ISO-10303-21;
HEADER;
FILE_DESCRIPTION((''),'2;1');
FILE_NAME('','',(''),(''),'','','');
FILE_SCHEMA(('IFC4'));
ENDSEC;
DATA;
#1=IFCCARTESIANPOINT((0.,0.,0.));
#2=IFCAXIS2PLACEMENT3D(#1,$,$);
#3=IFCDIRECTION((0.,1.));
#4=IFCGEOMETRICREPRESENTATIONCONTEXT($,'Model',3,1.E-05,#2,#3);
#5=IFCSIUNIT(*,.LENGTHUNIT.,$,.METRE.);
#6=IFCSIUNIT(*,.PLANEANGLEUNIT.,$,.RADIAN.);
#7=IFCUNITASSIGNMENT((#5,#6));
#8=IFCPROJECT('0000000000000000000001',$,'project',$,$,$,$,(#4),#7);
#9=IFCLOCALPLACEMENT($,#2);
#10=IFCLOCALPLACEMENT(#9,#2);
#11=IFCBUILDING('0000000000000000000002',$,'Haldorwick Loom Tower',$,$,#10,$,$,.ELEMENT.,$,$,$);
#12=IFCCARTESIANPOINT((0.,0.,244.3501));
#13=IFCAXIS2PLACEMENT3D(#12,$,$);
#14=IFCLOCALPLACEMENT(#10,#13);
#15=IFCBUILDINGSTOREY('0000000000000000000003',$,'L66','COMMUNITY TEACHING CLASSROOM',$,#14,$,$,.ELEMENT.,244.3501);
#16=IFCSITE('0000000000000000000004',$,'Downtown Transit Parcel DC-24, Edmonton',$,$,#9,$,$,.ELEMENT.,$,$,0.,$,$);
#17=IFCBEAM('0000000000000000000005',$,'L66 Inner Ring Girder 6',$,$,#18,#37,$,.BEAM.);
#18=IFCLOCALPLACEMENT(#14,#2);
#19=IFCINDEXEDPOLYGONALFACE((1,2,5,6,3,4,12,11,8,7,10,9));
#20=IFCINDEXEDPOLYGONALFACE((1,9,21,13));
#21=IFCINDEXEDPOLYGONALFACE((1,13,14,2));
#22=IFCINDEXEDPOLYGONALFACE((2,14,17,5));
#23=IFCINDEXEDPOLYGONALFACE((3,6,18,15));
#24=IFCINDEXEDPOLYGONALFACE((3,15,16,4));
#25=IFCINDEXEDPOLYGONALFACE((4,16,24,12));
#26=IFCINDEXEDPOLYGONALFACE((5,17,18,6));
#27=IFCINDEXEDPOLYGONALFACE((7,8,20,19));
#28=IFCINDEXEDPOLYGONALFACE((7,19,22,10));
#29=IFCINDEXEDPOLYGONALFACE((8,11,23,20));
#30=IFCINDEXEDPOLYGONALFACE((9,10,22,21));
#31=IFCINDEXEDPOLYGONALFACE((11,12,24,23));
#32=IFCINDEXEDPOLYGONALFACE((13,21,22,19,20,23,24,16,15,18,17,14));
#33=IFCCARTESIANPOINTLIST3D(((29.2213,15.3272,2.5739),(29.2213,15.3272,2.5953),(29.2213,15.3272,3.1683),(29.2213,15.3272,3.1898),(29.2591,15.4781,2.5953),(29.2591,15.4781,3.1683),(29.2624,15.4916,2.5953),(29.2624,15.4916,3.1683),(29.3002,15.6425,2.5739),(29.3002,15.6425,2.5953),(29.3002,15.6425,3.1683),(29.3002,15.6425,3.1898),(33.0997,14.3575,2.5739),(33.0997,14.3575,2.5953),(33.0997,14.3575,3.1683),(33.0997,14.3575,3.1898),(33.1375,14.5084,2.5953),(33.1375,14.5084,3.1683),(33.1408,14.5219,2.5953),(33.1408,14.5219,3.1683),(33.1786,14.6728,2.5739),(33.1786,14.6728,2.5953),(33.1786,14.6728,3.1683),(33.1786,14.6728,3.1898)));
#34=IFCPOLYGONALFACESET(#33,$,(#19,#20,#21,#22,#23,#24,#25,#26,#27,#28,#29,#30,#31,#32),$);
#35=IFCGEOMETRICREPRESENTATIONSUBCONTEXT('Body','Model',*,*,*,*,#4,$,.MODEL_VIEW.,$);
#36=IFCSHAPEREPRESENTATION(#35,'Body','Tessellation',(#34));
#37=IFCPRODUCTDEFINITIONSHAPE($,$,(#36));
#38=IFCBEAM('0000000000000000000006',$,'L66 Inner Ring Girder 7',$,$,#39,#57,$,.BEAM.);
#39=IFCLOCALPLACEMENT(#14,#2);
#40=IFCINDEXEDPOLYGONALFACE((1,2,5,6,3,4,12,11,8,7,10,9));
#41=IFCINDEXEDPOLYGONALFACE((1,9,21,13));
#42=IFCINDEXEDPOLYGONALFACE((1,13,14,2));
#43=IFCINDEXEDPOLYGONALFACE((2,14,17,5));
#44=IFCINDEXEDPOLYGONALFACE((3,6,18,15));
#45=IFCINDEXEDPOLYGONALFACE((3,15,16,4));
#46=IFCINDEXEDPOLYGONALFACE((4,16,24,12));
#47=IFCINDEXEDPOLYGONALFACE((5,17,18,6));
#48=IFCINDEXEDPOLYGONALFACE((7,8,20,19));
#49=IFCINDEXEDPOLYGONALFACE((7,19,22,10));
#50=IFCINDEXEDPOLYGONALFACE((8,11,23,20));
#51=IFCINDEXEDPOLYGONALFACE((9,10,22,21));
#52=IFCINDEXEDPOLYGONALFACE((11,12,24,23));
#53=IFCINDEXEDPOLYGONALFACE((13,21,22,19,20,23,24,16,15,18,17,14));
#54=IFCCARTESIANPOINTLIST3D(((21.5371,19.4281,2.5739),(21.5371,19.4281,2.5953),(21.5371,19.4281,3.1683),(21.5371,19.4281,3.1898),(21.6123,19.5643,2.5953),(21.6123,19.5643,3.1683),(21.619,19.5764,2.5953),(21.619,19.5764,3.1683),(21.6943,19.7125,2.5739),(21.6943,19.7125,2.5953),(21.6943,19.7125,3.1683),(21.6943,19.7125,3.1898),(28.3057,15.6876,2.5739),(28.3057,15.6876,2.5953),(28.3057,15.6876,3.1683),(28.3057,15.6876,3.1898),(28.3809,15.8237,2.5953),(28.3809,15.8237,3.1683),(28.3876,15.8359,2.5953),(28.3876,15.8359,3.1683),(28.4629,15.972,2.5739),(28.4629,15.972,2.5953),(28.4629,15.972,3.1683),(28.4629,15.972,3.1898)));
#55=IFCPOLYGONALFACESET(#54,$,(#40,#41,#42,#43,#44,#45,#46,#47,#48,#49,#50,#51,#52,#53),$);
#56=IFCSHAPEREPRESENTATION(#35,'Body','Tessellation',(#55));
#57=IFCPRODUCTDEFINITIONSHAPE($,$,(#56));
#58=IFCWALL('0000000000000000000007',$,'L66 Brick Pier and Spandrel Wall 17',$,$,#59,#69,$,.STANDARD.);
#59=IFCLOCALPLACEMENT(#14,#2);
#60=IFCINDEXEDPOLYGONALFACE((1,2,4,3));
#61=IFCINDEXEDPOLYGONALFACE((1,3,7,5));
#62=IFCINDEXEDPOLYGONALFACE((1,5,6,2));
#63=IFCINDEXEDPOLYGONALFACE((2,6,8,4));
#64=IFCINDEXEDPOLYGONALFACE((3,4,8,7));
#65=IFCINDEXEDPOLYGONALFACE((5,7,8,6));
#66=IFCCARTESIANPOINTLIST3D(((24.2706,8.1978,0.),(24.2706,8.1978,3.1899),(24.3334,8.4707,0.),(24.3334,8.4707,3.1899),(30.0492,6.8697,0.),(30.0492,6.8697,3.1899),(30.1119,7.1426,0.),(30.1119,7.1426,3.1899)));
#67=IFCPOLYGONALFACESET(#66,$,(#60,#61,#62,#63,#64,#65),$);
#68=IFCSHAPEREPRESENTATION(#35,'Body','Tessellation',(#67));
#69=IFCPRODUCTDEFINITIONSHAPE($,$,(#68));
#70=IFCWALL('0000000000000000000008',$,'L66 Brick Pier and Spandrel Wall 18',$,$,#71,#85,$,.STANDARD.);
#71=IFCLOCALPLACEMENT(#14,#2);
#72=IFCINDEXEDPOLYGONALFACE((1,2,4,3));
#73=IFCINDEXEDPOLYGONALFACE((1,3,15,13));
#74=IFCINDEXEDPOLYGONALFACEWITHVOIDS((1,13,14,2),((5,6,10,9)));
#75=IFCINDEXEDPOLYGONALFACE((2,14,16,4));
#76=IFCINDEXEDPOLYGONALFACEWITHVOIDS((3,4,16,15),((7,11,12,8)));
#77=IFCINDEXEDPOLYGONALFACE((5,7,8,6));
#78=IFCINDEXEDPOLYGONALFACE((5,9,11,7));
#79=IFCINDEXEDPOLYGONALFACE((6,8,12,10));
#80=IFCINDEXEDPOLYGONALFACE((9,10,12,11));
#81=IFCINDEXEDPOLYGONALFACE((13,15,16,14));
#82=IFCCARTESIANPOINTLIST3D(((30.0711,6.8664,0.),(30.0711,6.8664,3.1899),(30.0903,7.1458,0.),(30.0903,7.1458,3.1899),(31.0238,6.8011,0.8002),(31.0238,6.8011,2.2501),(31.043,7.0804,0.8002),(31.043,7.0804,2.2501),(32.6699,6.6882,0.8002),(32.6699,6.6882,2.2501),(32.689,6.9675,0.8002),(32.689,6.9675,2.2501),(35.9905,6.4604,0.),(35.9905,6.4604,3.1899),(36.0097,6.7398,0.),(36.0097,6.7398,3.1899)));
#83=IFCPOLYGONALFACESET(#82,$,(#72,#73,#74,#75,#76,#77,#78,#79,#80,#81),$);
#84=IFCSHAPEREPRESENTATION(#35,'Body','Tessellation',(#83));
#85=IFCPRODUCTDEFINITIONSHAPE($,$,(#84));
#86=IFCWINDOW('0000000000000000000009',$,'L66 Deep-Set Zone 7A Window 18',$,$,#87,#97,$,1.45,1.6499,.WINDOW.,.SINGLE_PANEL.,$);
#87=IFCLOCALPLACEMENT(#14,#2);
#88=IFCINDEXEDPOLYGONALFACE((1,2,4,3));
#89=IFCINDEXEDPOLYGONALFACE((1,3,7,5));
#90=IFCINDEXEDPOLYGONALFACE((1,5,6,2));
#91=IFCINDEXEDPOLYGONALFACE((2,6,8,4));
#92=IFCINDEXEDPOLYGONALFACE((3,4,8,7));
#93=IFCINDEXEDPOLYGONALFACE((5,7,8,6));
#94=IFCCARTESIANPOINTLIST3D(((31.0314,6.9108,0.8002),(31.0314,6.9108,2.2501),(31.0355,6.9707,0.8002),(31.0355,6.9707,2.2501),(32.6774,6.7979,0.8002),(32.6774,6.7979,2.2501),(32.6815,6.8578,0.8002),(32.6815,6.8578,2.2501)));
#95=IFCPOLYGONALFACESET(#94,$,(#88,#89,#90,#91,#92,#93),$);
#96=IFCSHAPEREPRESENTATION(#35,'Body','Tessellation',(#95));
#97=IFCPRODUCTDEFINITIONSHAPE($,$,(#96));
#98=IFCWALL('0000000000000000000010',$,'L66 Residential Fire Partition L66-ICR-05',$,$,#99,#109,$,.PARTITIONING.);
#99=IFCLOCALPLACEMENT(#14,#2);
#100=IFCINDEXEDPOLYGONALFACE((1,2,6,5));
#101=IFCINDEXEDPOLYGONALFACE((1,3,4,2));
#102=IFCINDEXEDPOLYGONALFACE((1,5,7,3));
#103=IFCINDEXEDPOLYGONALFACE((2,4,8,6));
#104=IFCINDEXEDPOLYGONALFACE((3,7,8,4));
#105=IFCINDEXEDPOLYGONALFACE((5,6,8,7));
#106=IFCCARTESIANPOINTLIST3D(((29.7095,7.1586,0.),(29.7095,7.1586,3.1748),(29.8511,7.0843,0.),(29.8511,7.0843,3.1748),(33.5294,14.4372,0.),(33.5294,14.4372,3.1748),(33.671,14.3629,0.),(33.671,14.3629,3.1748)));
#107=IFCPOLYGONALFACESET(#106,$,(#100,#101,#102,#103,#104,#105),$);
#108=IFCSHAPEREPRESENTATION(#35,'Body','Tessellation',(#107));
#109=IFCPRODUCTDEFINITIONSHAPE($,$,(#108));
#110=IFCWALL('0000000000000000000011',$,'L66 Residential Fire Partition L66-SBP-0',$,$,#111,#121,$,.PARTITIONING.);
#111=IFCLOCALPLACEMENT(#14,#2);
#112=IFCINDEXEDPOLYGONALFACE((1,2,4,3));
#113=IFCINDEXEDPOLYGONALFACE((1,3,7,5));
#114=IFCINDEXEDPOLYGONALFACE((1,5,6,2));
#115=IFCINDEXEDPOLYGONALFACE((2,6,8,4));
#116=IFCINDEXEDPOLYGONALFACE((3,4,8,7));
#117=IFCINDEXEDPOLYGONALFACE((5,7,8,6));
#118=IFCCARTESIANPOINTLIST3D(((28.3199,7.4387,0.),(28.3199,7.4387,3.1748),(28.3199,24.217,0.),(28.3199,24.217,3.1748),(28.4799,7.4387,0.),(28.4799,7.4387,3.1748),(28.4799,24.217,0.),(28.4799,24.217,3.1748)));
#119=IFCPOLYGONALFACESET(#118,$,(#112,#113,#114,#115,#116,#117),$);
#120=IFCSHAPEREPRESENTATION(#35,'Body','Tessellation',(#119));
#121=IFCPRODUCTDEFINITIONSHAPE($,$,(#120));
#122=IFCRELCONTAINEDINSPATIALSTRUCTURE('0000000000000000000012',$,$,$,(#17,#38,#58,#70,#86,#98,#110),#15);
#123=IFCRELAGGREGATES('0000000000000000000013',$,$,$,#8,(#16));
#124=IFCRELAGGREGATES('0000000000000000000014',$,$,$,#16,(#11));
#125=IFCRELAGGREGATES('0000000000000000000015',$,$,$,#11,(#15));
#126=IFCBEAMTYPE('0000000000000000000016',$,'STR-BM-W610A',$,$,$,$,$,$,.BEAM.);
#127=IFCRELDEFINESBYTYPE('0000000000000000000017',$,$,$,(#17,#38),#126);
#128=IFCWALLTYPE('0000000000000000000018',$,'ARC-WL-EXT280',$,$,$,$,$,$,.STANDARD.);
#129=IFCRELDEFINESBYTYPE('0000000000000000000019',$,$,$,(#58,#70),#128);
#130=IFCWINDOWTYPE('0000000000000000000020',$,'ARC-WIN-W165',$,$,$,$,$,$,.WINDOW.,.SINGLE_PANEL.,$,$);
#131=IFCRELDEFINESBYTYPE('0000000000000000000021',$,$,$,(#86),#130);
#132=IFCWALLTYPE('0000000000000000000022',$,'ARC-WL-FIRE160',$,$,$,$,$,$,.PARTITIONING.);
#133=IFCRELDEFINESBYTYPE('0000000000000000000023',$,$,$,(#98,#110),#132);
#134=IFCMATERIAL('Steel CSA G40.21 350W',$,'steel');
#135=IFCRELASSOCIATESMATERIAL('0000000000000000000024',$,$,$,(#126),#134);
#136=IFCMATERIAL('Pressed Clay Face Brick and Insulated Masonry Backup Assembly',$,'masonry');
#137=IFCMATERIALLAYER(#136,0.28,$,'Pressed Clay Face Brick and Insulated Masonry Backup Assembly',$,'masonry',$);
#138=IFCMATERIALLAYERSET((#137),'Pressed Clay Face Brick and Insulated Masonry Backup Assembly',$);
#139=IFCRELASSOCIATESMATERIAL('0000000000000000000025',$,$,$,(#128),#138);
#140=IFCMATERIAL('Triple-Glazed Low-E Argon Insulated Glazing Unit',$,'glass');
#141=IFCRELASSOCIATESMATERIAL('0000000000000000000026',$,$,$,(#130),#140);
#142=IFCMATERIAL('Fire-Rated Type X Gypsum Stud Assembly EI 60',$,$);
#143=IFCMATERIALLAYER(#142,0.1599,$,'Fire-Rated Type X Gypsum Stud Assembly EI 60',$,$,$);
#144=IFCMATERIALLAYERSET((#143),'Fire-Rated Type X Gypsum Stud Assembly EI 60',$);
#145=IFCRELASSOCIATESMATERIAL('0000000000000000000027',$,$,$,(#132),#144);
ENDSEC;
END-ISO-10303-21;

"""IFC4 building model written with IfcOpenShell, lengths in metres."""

from ifc_helpers import new_model, si_unit, direction, frame, frame_2d, origin, origin_2d, place, context, subcontext, project, spatial, rectangle, i_section, extrude, material, layer, layer_set, material_profile, profile_set, type_object, element, fill, save


model = new_model("IFC4")

# Units and contexts
model_context = context("Model", 3, precision=1e-05, world=origin(), true_north=direction((0.0, 1.0)))
body_context = subcontext(model_context, "Body", "Model", "MODEL_VIEW")
ifc_project = project(units=[si_unit("LENGTHUNIT", "METRE"), si_unit("PLANEANGLEUNIT", "RADIAN")], contexts=[model_context])

# Site, building, storey
site_placement = place(None, origin())
site = spatial("IfcSite", under=ifc_project, at=site_placement, Name="Downtown Transit Parcel DC-24, Edmonton", CompositionType="ELEMENT", RefElevation=0.0)
building_placement = place(site_placement, origin())
building = spatial("IfcBuilding", under=site, at=building_placement, Name="Haldorwick Loom Tower", CompositionType="ELEMENT")
storey_placement = place(building_placement, frame((0.0, 0.0, 244.3501)))
storey = spatial("IfcBuildingStorey", under=building, at=storey_placement, Name="L66", Description="COMMUNITY TEACHING CLASSROOM", CompositionType="ELEMENT", Elevation=244.3501)

# Beams
ifc_material_1 = material(Name="Steel CSA G40.21 350W", Category="steel")
ifc_material_profile_1 = material_profile(ifc_material_1, i_section(OverallWidth=0.325, OverallDepth=0.616, WebThickness=0.0139, FlangeThickness=0.0215, at=origin_2d()), Name="W610X174", Category="steel")
ifc_profile_set_1 = profile_set([ifc_material_profile_1], Name="Steel CSA G40.21 350W")
beam_type_1 = type_object("IfcBeamType", Name="STR-BM-W610A", PredefinedType="BEAM", material=ifc_profile_set_1)
beam_1_placement = place(storey_placement, frame((33.1392, 14.5151, 2.8818), z_axis=(-0.970135, 0.242564, 0.0), x_axis=(-0.242564, -0.970135, 0.0)))
element("IfcBeam", 1, at=beam_1_placement, inside=storey, type_object=beam_type_1, Name="L66 Inner Ring Girder 6", PredefinedType="BEAM", context=body_context, shape_type="SweptSolid", body=[
    extrude(i_section(OverallWidth=0.325, OverallDepth=0.616, WebThickness=0.0139, FlangeThickness=0.0215, at=origin_2d()), origin(), (0.0, 0.0, 1.0), 3.9978),
])
beam_2_placement = place(storey_placement, frame((28.3843, 15.8298, 2.8818), z_axis=(-0.875244, 0.483682, 0.0), x_axis=(-0.483682, -0.875244, 0.0)))
element("IfcBeam", 2, at=beam_2_placement, inside=storey, type_object=beam_type_1, Name="L66 Inner Ring Girder 7", PredefinedType="BEAM", context=body_context, shape_type="SweptSolid", body=[
    extrude(i_section(OverallWidth=0.325, OverallDepth=0.616, WebThickness=0.0139, FlangeThickness=0.0215, at=origin_2d()), origin(), (0.0, 0.0, 1.0), 7.7334),
])

# Wall
ifc_material_2 = material(Name="Pressed Clay Face Brick and Insulated Masonry Backup Assembly", Category="masonry")
ifc_layer_1 = layer(ifc_material_2, 0.28, Name="Pressed Clay Face Brick and Insulated Masonry Backup Assembly", Category="masonry")
ifc_layer_set_1 = layer_set([ifc_layer_1], Name="Pressed Clay Face Brick and Insulated Masonry Backup Assembly")
wall_type_1 = type_object("IfcWallType", Name="ARC-WL-EXT280", PredefinedType="STANDARD", material=ifc_layer_set_1)
wall_1_placement = place(storey_placement, frame((24.302, 8.3342, 0.0), z_axis=(0.0, 0.0, 1.0), x_axis=(0.97459, -0.223996, 0.0)))
element("IfcWall", 3, at=wall_1_placement, inside=storey, type_object=wall_type_1, Name="L66 Brick Pier and Spandrel Wall 17", PredefinedType="STANDARD", context=body_context, shape_type="SweptSolid", body=[
    extrude(rectangle(XDim=5.9292, YDim=0.28, at=frame_2d((2.9646, 0.0))), origin(), (0.0, 0.0, 1.0), 3.1899),
])

# Wall, opening, window
wall_2_placement = place(storey_placement, frame((30.0806, 7.0061, 0.0), z_axis=(0.0, 0.0, 1.0), x_axis=(0.997656, -0.068428, 0.0)))
wall_2 = element("IfcWall", 4, at=wall_2_placement, inside=storey, type_object=wall_type_1, Name="L66 Brick Pier and Spandrel Wall 18", PredefinedType="STANDARD", context=body_context, shape_type="SweptSolid", body=[
    extrude(rectangle(XDim=5.9333, YDim=0.28, at=frame_2d((2.9668, 0.0))), origin(), (0.0, 0.0, 1.0), 3.1899),
])
opening_placement = place(wall_2_placement, frame((0.9551, 0.0, 0.8)))
opening = element("IfcOpeningElement", 5, at=opening_placement, cuts=wall_2, PredefinedType="OPENING", context=body_context, shape_type="SweptSolid", body=[
    extrude(rectangle(XDim=1.6499, YDim=1.45, at=frame_2d((0.825, 0.7251))), frame((0.0, 0.1499, 0.0), z_axis=(0.0, -1.0, 0.0), x_axis=(1.0, 0.0, 0.0)), (0.0, 0.0, 1.0), 0.3),
])
ifc_material_3 = material(Name="Triple-Glazed Low-E Argon Insulated Glazing Unit", Category="glass")
window_type = type_object("IfcWindowType", Name="ARC-WIN-W165", PartitioningType="SINGLE_PANEL", PredefinedType="WINDOW", material=ifc_material_3)
window_placement = place(opening_placement, origin())
window = element("IfcWindow", 6, at=window_placement, inside=storey, type_object=window_type, Name="L66 Deep-Set Zone 7A Window 18", OverallHeight=1.45, OverallWidth=1.6499, PartitioningType="SINGLE_PANEL", PredefinedType="WINDOW", context=body_context, shape_type="SweptSolid", body=[
    extrude(rectangle(XDim=1.6499, YDim=1.45, at=frame_2d((0.825, 0.7251))), frame((0.0, 0.03, 0.0), z_axis=(0.0, -1.0, 0.0), x_axis=(1.0, 0.0, 0.0)), (0.0, 0.0, 1.0), 0.0601),
])
fill(opening, window)

# Walls
ifc_material_4 = material(Name="Fire-Rated Type X Gypsum Stud Assembly EI 60")
ifc_layer_2 = layer(ifc_material_4, 0.1599, Name="Fire-Rated Type X Gypsum Stud Assembly EI 60")
ifc_layer_set_2 = layer_set([ifc_layer_2], Name="Fire-Rated Type X Gypsum Stud Assembly EI 60")
wall_type_2 = type_object("IfcWallType", Name="ARC-WL-FIRE160", PredefinedType="PARTITIONING", material=ifc_layer_set_2)
wall_3_placement = place(storey_placement, frame((33.6001, 14.3999, 0.0), z_axis=(0.0, 0.0, 1.0), x_axis=(-0.464698, -0.885469, 0.0)))
element("IfcWall", 7, at=wall_3_placement, inside=storey, type_object=wall_type_2, Name="L66 Residential Fire Partition L66-ICR-05", PredefinedType="PARTITIONING", context=body_context, shape_type="SweptSolid", body=[
    extrude(rectangle(XDim=8.22, YDim=0.1599, at=frame_2d((4.1099, 0.0))), origin(), (0.0, 0.0, 1.0), 3.1748),
])
wall_4_placement = place(storey_placement, frame((28.3999, 7.4387, 0.0), z_axis=(0.0, 0.0, 1.0), x_axis=(0.0, 1.0, 0.0)))
element("IfcWall", 8, at=wall_4_placement, inside=storey, type_object=wall_type_2, Name="L66 Residential Fire Partition L66-SBP-0", PredefinedType="PARTITIONING", context=body_context, shape_type="SweptSolid", body=[
    extrude(rectangle(XDim=16.7783, YDim=0.1599, at=frame_2d((8.3892, 0.0))), origin(), (0.0, 0.0, 1.0), 3.1748),
])

save(model, "model.ifc")
